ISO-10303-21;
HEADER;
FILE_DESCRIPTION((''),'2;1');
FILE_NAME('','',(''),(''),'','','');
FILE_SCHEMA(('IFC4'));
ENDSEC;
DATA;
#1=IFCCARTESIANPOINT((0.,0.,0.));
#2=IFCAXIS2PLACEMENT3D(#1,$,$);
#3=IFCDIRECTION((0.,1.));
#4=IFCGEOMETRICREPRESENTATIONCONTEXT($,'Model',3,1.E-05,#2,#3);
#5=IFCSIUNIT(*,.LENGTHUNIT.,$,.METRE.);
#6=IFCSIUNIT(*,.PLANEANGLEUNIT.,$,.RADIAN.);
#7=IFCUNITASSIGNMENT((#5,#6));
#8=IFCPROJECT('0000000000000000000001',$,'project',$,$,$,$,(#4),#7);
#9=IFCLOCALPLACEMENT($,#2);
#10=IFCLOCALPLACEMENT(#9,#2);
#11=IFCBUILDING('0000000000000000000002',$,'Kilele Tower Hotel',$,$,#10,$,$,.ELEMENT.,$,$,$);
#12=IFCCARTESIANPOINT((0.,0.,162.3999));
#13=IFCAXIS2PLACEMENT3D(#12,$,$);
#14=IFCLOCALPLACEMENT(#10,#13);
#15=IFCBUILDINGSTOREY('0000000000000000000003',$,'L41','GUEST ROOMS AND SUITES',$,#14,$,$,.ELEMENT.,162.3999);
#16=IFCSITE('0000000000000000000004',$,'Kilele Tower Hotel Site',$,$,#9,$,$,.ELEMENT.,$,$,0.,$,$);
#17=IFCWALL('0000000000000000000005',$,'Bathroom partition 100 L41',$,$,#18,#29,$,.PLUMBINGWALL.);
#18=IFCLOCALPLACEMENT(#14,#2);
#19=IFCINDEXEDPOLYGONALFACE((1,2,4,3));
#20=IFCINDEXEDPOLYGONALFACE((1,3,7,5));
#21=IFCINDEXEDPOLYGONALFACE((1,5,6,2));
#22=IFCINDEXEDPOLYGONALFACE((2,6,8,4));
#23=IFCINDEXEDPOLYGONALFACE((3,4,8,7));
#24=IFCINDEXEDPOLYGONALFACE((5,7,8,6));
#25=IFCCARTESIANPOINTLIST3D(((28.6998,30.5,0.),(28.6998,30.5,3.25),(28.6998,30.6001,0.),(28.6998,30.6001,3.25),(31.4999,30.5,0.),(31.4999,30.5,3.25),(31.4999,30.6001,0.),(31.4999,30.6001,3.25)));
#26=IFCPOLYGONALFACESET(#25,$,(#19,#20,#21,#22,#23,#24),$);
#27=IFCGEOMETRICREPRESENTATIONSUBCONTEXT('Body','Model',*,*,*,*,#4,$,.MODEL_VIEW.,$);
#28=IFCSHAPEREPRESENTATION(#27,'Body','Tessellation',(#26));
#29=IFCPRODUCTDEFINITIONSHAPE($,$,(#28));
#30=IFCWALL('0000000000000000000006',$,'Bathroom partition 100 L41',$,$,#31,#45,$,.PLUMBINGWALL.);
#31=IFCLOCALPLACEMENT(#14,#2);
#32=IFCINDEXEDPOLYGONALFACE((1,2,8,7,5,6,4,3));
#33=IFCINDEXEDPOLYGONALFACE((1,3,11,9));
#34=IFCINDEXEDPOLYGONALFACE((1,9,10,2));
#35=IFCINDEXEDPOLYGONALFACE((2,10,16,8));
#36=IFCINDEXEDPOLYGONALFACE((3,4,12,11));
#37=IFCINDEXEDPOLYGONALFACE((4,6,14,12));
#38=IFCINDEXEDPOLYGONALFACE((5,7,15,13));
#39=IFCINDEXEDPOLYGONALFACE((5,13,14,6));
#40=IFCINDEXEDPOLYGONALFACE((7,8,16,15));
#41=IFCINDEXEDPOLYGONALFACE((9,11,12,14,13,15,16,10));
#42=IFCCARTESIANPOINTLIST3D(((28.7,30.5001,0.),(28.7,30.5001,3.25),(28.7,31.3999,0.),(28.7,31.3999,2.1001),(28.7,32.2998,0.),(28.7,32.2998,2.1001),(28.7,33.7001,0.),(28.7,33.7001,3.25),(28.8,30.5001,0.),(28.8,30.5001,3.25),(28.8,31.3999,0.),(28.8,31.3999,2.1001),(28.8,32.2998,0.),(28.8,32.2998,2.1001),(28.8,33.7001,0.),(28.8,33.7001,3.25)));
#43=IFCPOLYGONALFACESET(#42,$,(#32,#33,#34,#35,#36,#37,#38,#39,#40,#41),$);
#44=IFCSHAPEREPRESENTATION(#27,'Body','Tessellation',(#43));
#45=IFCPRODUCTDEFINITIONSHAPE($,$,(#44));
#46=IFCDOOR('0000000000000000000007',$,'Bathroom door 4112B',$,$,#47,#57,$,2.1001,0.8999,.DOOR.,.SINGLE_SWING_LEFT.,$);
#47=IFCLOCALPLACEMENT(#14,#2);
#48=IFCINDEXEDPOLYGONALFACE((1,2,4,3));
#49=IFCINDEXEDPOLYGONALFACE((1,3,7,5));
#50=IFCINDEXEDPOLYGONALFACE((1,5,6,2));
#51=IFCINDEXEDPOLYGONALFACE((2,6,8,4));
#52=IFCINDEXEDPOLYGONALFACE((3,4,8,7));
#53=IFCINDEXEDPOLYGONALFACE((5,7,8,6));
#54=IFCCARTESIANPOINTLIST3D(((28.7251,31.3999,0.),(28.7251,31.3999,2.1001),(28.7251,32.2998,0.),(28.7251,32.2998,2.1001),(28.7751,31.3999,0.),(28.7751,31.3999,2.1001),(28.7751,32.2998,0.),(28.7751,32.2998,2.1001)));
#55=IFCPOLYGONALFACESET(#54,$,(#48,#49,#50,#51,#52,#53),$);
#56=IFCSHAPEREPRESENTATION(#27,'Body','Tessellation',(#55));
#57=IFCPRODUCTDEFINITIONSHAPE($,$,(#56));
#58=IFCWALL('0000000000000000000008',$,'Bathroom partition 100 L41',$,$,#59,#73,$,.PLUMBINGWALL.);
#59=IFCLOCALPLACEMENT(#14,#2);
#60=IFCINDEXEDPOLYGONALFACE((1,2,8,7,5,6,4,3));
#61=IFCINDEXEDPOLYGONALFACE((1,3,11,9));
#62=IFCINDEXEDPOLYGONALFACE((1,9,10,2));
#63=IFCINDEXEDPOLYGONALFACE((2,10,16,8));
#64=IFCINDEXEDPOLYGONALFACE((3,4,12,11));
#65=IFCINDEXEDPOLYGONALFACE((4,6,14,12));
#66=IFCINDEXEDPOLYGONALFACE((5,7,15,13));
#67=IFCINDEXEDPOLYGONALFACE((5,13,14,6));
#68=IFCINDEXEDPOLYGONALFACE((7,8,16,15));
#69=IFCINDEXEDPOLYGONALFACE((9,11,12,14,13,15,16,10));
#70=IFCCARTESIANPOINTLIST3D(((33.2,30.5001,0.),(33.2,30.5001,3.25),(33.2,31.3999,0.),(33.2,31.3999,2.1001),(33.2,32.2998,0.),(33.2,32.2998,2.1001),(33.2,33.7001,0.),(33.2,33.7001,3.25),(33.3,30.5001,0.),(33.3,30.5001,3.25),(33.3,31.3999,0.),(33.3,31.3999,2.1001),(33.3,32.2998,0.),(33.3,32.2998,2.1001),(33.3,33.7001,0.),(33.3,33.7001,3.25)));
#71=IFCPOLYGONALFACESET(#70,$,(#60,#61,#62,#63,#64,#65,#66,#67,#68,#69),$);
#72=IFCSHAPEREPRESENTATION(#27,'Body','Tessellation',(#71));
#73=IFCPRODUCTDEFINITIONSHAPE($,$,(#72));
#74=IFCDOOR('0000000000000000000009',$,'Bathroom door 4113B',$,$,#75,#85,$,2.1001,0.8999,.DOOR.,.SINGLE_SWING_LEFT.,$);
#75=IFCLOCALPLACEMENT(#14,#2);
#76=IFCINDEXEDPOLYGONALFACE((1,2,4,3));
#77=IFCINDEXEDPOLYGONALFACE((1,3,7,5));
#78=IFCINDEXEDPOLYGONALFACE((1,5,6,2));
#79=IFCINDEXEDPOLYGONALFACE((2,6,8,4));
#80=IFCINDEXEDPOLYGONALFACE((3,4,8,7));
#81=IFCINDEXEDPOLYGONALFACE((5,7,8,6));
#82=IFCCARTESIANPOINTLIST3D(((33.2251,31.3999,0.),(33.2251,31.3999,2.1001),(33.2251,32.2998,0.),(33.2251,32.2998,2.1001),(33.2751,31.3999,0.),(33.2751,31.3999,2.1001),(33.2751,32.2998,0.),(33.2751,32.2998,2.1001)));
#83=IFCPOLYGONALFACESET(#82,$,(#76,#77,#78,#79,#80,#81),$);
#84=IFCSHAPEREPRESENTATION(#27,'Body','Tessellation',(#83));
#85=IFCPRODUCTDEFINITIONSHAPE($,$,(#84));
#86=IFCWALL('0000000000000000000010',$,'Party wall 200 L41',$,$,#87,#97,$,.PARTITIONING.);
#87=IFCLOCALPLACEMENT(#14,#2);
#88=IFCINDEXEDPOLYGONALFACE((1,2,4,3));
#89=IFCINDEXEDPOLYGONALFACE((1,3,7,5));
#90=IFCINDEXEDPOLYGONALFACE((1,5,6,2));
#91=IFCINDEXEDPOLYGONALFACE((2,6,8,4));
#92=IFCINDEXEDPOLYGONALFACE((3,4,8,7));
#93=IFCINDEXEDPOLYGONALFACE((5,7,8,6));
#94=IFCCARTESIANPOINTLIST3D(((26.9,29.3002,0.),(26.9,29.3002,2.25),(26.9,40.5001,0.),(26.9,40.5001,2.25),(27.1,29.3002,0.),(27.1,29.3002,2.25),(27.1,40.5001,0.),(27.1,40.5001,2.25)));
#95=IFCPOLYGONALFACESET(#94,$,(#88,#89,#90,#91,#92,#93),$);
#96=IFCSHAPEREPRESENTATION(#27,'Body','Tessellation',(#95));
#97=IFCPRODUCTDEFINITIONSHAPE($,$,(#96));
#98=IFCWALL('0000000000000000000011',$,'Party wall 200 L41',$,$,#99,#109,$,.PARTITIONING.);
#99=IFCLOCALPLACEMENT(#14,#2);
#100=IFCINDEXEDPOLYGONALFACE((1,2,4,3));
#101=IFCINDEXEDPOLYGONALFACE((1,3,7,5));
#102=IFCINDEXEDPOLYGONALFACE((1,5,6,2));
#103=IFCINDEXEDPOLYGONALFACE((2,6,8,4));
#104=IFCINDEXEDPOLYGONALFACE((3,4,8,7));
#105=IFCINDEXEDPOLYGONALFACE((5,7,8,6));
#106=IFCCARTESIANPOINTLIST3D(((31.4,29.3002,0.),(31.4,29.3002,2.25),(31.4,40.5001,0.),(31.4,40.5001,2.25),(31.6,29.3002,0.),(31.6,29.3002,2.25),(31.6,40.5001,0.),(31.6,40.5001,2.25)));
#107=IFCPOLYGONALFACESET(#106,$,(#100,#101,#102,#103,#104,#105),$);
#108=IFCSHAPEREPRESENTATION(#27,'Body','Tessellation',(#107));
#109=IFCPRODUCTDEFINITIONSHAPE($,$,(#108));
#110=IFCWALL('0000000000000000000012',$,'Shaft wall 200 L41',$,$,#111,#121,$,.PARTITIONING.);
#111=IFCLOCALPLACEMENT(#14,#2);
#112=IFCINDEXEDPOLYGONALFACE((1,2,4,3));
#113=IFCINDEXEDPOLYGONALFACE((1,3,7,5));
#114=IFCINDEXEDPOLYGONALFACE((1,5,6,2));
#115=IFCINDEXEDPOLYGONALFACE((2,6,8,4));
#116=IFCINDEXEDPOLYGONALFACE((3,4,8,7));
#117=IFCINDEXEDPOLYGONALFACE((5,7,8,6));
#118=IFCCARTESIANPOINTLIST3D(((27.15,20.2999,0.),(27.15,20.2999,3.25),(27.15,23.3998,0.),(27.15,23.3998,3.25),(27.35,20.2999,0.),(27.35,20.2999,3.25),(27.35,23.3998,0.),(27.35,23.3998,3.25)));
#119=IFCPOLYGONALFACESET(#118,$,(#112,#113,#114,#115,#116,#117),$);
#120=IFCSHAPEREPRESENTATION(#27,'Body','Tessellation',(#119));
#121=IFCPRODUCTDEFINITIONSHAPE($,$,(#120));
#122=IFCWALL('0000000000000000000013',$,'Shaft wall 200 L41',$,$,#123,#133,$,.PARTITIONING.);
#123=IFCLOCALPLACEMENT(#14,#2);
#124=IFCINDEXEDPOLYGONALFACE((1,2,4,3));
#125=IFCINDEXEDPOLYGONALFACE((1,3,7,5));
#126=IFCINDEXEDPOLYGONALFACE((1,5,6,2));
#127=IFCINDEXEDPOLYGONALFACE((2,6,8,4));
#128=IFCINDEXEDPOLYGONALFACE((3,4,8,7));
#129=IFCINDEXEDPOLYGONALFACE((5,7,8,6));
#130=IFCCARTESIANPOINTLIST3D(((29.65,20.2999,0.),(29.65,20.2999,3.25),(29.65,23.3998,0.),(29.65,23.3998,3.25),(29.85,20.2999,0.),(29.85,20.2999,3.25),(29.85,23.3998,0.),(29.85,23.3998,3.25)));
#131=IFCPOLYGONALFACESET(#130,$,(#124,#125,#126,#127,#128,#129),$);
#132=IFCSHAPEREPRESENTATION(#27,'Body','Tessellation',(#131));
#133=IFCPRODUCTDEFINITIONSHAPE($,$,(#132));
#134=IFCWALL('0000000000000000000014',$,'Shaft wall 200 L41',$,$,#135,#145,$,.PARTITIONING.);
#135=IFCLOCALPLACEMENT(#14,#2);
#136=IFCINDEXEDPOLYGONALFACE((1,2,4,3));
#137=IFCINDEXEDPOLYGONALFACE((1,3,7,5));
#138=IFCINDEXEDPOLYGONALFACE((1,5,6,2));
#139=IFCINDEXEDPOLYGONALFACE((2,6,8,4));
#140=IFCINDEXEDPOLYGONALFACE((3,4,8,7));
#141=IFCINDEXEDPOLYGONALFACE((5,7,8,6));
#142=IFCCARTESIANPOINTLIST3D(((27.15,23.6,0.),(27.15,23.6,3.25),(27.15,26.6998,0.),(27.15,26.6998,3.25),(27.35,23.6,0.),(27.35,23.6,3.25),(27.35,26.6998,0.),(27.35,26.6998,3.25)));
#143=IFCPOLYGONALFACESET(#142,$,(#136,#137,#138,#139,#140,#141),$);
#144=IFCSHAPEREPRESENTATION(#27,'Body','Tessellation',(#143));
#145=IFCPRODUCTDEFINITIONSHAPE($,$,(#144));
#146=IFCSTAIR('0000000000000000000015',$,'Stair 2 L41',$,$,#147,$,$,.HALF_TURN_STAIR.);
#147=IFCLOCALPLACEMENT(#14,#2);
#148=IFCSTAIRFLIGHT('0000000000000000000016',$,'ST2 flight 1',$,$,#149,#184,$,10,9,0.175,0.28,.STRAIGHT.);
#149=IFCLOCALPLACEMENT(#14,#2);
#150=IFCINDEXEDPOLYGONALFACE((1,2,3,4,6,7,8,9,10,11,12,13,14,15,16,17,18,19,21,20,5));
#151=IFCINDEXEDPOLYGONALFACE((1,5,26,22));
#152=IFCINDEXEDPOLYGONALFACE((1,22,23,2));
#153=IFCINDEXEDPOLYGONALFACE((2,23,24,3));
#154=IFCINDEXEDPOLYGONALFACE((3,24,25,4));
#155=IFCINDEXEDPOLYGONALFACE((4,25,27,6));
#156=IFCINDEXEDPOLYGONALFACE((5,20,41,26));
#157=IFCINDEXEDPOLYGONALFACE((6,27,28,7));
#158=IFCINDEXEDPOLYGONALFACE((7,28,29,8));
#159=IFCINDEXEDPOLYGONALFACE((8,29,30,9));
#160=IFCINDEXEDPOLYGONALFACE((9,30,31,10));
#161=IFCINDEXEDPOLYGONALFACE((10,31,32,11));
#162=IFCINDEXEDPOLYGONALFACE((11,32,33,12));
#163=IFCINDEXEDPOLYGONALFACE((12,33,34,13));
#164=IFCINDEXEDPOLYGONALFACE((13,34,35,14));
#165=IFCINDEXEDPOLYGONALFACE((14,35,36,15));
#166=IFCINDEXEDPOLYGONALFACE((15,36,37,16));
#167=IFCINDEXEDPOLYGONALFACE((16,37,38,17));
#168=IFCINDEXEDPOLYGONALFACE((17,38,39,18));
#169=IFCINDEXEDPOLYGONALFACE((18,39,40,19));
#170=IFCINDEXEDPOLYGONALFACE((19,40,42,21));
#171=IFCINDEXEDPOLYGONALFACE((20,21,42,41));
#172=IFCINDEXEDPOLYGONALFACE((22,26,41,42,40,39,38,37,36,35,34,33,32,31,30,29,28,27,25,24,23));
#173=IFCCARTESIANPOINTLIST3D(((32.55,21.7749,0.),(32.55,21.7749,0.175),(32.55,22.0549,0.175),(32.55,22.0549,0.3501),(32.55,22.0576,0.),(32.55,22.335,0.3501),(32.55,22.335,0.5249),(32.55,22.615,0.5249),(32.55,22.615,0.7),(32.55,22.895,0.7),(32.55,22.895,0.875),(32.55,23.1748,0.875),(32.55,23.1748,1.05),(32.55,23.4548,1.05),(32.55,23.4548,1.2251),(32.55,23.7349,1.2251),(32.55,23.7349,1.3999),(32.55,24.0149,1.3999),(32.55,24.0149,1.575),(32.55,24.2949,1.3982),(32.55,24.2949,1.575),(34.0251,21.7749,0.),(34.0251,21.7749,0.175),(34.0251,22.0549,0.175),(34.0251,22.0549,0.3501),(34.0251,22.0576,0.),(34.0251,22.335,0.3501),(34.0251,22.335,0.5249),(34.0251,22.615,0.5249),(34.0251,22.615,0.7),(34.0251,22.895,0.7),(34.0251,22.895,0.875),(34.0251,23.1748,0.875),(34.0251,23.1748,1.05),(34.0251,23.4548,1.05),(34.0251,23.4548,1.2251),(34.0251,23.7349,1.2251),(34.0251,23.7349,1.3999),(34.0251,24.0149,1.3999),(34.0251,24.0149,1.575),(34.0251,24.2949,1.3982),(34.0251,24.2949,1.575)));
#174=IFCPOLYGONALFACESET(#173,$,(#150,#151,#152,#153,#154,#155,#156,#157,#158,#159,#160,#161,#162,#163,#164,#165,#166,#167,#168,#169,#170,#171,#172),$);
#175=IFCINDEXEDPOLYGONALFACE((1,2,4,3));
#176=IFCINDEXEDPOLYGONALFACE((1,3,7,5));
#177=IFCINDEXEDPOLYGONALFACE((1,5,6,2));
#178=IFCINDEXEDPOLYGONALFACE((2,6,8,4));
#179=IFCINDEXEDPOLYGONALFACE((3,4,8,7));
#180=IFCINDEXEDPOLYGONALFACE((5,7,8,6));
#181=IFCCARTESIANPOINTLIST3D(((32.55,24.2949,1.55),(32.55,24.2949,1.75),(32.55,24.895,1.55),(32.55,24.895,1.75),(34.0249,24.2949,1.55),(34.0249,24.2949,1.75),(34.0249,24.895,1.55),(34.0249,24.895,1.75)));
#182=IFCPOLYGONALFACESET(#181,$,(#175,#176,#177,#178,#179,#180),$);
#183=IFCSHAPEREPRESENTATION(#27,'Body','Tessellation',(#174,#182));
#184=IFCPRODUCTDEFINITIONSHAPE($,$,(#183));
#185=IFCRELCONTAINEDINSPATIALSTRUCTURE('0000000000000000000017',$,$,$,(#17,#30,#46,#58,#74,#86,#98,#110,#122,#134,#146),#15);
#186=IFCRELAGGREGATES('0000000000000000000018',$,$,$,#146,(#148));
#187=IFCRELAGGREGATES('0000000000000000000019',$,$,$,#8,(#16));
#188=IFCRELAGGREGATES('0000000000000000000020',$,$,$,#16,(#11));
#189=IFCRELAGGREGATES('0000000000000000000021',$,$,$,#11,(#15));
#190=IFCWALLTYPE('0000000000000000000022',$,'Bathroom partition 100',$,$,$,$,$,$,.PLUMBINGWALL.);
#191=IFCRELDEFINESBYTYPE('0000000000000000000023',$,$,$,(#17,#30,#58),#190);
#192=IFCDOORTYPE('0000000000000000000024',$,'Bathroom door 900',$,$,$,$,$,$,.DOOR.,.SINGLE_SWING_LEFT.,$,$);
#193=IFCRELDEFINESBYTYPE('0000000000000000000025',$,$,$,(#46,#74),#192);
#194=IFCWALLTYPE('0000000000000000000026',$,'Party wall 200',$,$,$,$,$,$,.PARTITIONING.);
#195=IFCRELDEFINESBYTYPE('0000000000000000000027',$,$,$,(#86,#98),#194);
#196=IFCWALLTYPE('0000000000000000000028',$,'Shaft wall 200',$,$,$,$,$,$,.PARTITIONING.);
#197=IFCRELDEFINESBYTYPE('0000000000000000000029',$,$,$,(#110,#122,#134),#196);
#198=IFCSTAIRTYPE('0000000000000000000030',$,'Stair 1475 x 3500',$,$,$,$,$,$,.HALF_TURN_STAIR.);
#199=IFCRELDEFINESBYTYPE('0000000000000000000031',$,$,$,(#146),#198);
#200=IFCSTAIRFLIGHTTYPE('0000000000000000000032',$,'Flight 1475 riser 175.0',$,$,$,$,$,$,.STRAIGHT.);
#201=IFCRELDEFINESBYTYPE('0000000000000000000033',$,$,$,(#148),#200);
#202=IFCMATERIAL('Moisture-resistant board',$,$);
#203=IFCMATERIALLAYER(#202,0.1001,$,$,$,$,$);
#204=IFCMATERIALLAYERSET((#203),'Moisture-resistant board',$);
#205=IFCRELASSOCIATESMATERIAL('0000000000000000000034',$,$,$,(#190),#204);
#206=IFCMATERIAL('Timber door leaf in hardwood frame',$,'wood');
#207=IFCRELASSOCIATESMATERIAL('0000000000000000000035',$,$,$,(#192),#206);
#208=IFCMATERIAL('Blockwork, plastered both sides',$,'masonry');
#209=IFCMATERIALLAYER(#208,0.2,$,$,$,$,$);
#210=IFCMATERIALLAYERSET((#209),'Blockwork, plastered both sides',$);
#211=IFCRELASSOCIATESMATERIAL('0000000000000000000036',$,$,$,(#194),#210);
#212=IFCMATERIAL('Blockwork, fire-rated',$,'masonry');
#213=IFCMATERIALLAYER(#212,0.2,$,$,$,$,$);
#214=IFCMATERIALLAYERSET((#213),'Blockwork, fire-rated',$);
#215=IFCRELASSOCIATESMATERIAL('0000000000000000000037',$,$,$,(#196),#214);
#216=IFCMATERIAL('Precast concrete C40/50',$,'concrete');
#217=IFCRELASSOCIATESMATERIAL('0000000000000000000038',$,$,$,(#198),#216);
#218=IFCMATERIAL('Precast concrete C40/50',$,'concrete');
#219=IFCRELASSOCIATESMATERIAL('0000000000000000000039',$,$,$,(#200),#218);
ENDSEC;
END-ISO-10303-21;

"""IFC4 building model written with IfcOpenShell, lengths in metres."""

from ifc_helpers import new_model, si_unit, direction, frame, frame_2d, origin, place, context, subcontext, project, spatial, polyline, rectangle, outline, extrude, material, layer, layer_set, type_object, element, fill, aggregate, save


model = new_model("IFC4")

# Units and contexts
model_context = context("Model", 3, precision=1e-05, world=origin(), true_north=direction((0.0, 1.0)))
body_context = subcontext(model_context, "Body", "Model", "MODEL_VIEW")
ifc_project = project(units=[si_unit("LENGTHUNIT", "METRE"), si_unit("PLANEANGLEUNIT", "RADIAN")], contexts=[model_context])

# Site, building, storey
site_placement = place(None, origin())
site = spatial("IfcSite", under=ifc_project, at=site_placement, Name="Kilele Tower Hotel Site", CompositionType="ELEMENT", RefElevation=0.0)
building_placement = place(site_placement, origin())
building = spatial("IfcBuilding", under=site, at=building_placement, Name="Kilele Tower Hotel", CompositionType="ELEMENT")
storey_placement = place(building_placement, frame((0.0, 0.0, 162.3999)))
storey = spatial("IfcBuildingStorey", under=building, at=storey_placement, Name="L41", Description="GUEST ROOMS AND SUITES", CompositionType="ELEMENT", Elevation=162.3999)

# Wall
ifc_material_1 = material(Name="Moisture-resistant board")
ifc_layer_1 = layer(ifc_material_1, 0.1001)
ifc_layer_set_1 = layer_set([ifc_layer_1], Name="Moisture-resistant board")
wall_type_1 = type_object("IfcWallType", Name="Bathroom partition 100", PredefinedType="PLUMBINGWALL", material=ifc_layer_set_1)
wall_1_placement = place(storey_placement, frame((28.7, 30.55, 0.0), z_axis=(0.0, 0.0, 1.0), x_axis=(1.0, 0.0, 0.0)))
element("IfcWall", 1, at=wall_1_placement, inside=storey, type_object=wall_type_1, Name="Bathroom partition 100 L41", PredefinedType="PLUMBINGWALL", context=body_context, shape_type="SweptSolid", body=[
    extrude(rectangle(XDim=2.8, YDim=0.1001, at=frame_2d((1.3999, 0.0))), origin(), (0.0, 0.0, 1.0), 3.25),
])

# Walls, openings, doors
wall_2_placement = place(storey_placement, frame((28.75, 30.5, 0.0), z_axis=(0.0, 0.0, 1.0), x_axis=(0.0, 1.0, 0.0)))
wall_2 = element("IfcWall", 2, at=wall_2_placement, inside=storey, type_object=wall_type_1, Name="Bathroom partition 100 L41", PredefinedType="PLUMBINGWALL", context=body_context, shape_type="SweptSolid", body=[
    extrude(rectangle(XDim=3.2, YDim=0.1001, at=frame_2d((1.6001, 0.0))), origin(), (0.0, 0.0, 1.0), 3.25),
])
opening_1_placement = place(wall_2_placement, frame((0.8999, 0.0, 0.0)))
opening_1 = element("IfcOpeningElement", 3, at=opening_1_placement, cuts=wall_2, PredefinedType="OPENING", context=body_context, shape_type="SweptSolid", body=[
    extrude(rectangle(XDim=0.8999, YDim=2.1001, at=frame_2d((0.45, 1.05))), frame((0.0, 0.0601, 0.0), z_axis=(0.0, -1.0, 0.0), x_axis=(1.0, 0.0, 0.0)), (0.0, 0.0, 1.0), 0.1201),
])
ifc_material_2 = material(Name="Timber door leaf in hardwood frame", Category="wood")
door_type = type_object("IfcDoorType", Name="Bathroom door 900", OperationType="SINGLE_SWING_LEFT", PredefinedType="DOOR", material=ifc_material_2)
door_1_placement = place(opening_1_placement, origin())
door_1 = element("IfcDoor", 4, at=door_1_placement, inside=storey, type_object=door_type, Name="Bathroom door 4112B", OperationType="SINGLE_SWING_LEFT", OverallHeight=2.1001, OverallWidth=0.8999, PredefinedType="DOOR", context=body_context, shape_type="SweptSolid", body=[
    extrude(rectangle(XDim=0.8999, YDim=2.1001, at=frame_2d((0.45, 1.05))), frame((0.0, 0.0249, 0.0), z_axis=(0.0, -1.0, 0.0), x_axis=(1.0, 0.0, 0.0)), (0.0, 0.0, 1.0), 0.05),
])
fill(opening_1, door_1)
wall_3_placement = place(storey_placement, frame((33.25, 30.5, 0.0), z_axis=(0.0, 0.0, 1.0), x_axis=(0.0, 1.0, 0.0)))
wall_3 = element("IfcWall", 5, at=wall_3_placement, inside=storey, type_object=wall_type_1, Name="Bathroom partition 100 L41", PredefinedType="PLUMBINGWALL", context=body_context, shape_type="SweptSolid", body=[
    extrude(rectangle(XDim=3.2, YDim=0.1001, at=frame_2d((1.6001, 0.0))), origin(), (0.0, 0.0, 1.0), 3.25),
])
opening_2_placement = place(wall_3_placement, frame((0.8999, 0.0, 0.0)))
opening_2 = element("IfcOpeningElement", 6, at=opening_2_placement, cuts=wall_3, PredefinedType="OPENING", context=body_context, shape_type="SweptSolid", body=[
    extrude(rectangle(XDim=0.8999, YDim=2.1001, at=frame_2d((0.45, 1.05))), frame((0.0, 0.0601, 0.0), z_axis=(0.0, -1.0, 0.0), x_axis=(1.0, 0.0, 0.0)), (0.0, 0.0, 1.0), 0.1201),
])
door_2_placement = place(opening_2_placement, origin())
door_2 = element("IfcDoor", 7, at=door_2_placement, inside=storey, type_object=door_type, Name="Bathroom door 4113B", OperationType="SINGLE_SWING_LEFT", OverallHeight=2.1001, OverallWidth=0.8999, PredefinedType="DOOR", context=body_context, shape_type="SweptSolid", body=[
    extrude(rectangle(XDim=0.8999, YDim=2.1001, at=frame_2d((0.45, 1.05))), frame((0.0, 0.0249, 0.0), z_axis=(0.0, -1.0, 0.0), x_axis=(1.0, 0.0, 0.0)), (0.0, 0.0, 1.0), 0.05),
])
fill(opening_2, door_2)

# Walls
ifc_material_3 = material(Name="Blockwork, plastered both sides", Category="masonry")
ifc_layer_2 = layer(ifc_material_3, 0.2)
ifc_layer_set_2 = layer_set([ifc_layer_2], Name="Blockwork, plastered both sides")
wall_type_2 = type_object("IfcWallType", Name="Party wall 200", PredefinedType="PARTITIONING", material=ifc_layer_set_2)
for number, where, z_axis, x_axis, name in (
    (8, (27.0, 29.3, 0.0), (0.0, 0.0, 1.0), (0.0, 1.0, 0.0), "Party wall 200 L41"),
    (9, (31.5, 29.3, 0.0), (0.0, 0.0, 1.0), (0.0, 1.0, 0.0), "Party wall 200 L41"),
):
    element("IfcWall", number, at=place(storey_placement, frame(where, z_axis=z_axis, x_axis=x_axis)), inside=storey, type_object=wall_type_2, Name=name, PredefinedType="PARTITIONING", context=body_context, shape_type="SweptSolid", body=[
        extrude(rectangle(XDim=11.2, YDim=0.2, at=frame_2d((5.6001, 0.0))), origin(), (0.0, 0.0, 1.0), 2.25),
    ])
ifc_material_4 = material(Name="Blockwork, fire-rated", Category="masonry")
ifc_layer_3 = layer(ifc_material_4, 0.2)
ifc_layer_set_3 = layer_set([ifc_layer_3], Name="Blockwork, fire-rated")
wall_type_3 = type_object("IfcWallType", Name="Shaft wall 200", PredefinedType="PARTITIONING", material=ifc_layer_set_3)
for number, where, z_axis, x_axis, name in (
    (10, (27.25, 20.3, 0.0), (0.0, 0.0, 1.0), (0.0, 1.0, 0.0), "Shaft wall 200 L41"),
    (11, (29.75, 20.3, 0.0), (0.0, 0.0, 1.0), (0.0, 1.0, 0.0), "Shaft wall 200 L41"),
    (12, (27.25, 23.6001, 0.0), (0.0, 0.0, 1.0), (0.0, 1.0, 0.0), "Shaft wall 200 L41"),
):
    element("IfcWall", number, at=place(storey_placement, frame(where, z_axis=z_axis, x_axis=x_axis)), inside=storey, type_object=wall_type_3, Name=name, PredefinedType="PARTITIONING", context=body_context, shape_type="SweptSolid", body=[
        extrude(rectangle(XDim=3.0999, YDim=0.2, at=frame_2d((1.5498, 0.0))), origin(), (0.0, 0.0, 1.0), 3.25),
    ])

# Stair, stair flight
ifc_material_5 = material(Name="Precast concrete C40/50", Category="concrete")
stair_type = type_object("IfcStairType", Name="Stair 1475 x 3500", PredefinedType="HALF_TURN_STAIR", material=ifc_material_5)
stair_placement = place(storey_placement, origin())
stair = element("IfcStair", 13, at=stair_placement, inside=storey, type_object=stair_type, Name="Stair 2 L41", PredefinedType="HALF_TURN_STAIR")
ifc_material_6 = material(Name="Precast concrete C40/50", Category="concrete")
stair_flight_type = type_object("IfcStairFlightType", Name="Flight 1475 riser 175.0", PredefinedType="STRAIGHT", material=ifc_material_6)
stair_flight_1_placement = place(storey_placement, frame((33.2876, 21.7749, 0.0), z_axis=(0.0, 0.0, 1.0), x_axis=(0.0, 1.0, 0.0)))
stair_flight_1 = element("IfcStairFlight", 14, at=stair_flight_1_placement, type_object=stair_flight_type, Name="ST2 flight 1", NumberOfRisers=10, NumberOfTreads=9, PredefinedType="STRAIGHT", RiserHeight=0.175, TreadLength=0.28, context=body_context, shape_type="SweptSolid", body=[
    extrude(outline(polyline([(0.0, 0.0), (0.0, 0.175), (0.28, 0.175), (0.28, 0.3501), (0.5601, 0.3501), (0.5601, 0.5249), (0.8401, 0.5249), (0.8401, 0.7), (1.1201, 0.7), (1.1201, 0.875), (1.3999, 0.875), (1.3999, 1.05), (1.6799, 1.05), (1.6799, 1.2251), (1.96, 1.2251), (1.96, 1.3999), (2.24, 1.3999), (2.24, 1.575), (2.52, 1.575), (2.52, 1.75), (2.52, 1.3982), (0.2827, 0.0), (0.0, 0.0)])), frame((0.0, 0.7375, 0.0), z_axis=(0.0, -1.0, 0.0), x_axis=(1.0, 0.0, 0.0)), (0.0, 0.0, 1.0), 1.4751),
    extrude(outline(polyline([(2.52, 0.7375), (2.52, -0.7373), (3.1201, -0.7373), (3.1201, 0.7375), (2.52, 0.7375)])), frame((0.0, 0.0, 1.55)), (0.0, 0.0, 1.0), 0.2),
])
aggregate(stair, [stair_flight_1])

save(model, "model.ifc")
